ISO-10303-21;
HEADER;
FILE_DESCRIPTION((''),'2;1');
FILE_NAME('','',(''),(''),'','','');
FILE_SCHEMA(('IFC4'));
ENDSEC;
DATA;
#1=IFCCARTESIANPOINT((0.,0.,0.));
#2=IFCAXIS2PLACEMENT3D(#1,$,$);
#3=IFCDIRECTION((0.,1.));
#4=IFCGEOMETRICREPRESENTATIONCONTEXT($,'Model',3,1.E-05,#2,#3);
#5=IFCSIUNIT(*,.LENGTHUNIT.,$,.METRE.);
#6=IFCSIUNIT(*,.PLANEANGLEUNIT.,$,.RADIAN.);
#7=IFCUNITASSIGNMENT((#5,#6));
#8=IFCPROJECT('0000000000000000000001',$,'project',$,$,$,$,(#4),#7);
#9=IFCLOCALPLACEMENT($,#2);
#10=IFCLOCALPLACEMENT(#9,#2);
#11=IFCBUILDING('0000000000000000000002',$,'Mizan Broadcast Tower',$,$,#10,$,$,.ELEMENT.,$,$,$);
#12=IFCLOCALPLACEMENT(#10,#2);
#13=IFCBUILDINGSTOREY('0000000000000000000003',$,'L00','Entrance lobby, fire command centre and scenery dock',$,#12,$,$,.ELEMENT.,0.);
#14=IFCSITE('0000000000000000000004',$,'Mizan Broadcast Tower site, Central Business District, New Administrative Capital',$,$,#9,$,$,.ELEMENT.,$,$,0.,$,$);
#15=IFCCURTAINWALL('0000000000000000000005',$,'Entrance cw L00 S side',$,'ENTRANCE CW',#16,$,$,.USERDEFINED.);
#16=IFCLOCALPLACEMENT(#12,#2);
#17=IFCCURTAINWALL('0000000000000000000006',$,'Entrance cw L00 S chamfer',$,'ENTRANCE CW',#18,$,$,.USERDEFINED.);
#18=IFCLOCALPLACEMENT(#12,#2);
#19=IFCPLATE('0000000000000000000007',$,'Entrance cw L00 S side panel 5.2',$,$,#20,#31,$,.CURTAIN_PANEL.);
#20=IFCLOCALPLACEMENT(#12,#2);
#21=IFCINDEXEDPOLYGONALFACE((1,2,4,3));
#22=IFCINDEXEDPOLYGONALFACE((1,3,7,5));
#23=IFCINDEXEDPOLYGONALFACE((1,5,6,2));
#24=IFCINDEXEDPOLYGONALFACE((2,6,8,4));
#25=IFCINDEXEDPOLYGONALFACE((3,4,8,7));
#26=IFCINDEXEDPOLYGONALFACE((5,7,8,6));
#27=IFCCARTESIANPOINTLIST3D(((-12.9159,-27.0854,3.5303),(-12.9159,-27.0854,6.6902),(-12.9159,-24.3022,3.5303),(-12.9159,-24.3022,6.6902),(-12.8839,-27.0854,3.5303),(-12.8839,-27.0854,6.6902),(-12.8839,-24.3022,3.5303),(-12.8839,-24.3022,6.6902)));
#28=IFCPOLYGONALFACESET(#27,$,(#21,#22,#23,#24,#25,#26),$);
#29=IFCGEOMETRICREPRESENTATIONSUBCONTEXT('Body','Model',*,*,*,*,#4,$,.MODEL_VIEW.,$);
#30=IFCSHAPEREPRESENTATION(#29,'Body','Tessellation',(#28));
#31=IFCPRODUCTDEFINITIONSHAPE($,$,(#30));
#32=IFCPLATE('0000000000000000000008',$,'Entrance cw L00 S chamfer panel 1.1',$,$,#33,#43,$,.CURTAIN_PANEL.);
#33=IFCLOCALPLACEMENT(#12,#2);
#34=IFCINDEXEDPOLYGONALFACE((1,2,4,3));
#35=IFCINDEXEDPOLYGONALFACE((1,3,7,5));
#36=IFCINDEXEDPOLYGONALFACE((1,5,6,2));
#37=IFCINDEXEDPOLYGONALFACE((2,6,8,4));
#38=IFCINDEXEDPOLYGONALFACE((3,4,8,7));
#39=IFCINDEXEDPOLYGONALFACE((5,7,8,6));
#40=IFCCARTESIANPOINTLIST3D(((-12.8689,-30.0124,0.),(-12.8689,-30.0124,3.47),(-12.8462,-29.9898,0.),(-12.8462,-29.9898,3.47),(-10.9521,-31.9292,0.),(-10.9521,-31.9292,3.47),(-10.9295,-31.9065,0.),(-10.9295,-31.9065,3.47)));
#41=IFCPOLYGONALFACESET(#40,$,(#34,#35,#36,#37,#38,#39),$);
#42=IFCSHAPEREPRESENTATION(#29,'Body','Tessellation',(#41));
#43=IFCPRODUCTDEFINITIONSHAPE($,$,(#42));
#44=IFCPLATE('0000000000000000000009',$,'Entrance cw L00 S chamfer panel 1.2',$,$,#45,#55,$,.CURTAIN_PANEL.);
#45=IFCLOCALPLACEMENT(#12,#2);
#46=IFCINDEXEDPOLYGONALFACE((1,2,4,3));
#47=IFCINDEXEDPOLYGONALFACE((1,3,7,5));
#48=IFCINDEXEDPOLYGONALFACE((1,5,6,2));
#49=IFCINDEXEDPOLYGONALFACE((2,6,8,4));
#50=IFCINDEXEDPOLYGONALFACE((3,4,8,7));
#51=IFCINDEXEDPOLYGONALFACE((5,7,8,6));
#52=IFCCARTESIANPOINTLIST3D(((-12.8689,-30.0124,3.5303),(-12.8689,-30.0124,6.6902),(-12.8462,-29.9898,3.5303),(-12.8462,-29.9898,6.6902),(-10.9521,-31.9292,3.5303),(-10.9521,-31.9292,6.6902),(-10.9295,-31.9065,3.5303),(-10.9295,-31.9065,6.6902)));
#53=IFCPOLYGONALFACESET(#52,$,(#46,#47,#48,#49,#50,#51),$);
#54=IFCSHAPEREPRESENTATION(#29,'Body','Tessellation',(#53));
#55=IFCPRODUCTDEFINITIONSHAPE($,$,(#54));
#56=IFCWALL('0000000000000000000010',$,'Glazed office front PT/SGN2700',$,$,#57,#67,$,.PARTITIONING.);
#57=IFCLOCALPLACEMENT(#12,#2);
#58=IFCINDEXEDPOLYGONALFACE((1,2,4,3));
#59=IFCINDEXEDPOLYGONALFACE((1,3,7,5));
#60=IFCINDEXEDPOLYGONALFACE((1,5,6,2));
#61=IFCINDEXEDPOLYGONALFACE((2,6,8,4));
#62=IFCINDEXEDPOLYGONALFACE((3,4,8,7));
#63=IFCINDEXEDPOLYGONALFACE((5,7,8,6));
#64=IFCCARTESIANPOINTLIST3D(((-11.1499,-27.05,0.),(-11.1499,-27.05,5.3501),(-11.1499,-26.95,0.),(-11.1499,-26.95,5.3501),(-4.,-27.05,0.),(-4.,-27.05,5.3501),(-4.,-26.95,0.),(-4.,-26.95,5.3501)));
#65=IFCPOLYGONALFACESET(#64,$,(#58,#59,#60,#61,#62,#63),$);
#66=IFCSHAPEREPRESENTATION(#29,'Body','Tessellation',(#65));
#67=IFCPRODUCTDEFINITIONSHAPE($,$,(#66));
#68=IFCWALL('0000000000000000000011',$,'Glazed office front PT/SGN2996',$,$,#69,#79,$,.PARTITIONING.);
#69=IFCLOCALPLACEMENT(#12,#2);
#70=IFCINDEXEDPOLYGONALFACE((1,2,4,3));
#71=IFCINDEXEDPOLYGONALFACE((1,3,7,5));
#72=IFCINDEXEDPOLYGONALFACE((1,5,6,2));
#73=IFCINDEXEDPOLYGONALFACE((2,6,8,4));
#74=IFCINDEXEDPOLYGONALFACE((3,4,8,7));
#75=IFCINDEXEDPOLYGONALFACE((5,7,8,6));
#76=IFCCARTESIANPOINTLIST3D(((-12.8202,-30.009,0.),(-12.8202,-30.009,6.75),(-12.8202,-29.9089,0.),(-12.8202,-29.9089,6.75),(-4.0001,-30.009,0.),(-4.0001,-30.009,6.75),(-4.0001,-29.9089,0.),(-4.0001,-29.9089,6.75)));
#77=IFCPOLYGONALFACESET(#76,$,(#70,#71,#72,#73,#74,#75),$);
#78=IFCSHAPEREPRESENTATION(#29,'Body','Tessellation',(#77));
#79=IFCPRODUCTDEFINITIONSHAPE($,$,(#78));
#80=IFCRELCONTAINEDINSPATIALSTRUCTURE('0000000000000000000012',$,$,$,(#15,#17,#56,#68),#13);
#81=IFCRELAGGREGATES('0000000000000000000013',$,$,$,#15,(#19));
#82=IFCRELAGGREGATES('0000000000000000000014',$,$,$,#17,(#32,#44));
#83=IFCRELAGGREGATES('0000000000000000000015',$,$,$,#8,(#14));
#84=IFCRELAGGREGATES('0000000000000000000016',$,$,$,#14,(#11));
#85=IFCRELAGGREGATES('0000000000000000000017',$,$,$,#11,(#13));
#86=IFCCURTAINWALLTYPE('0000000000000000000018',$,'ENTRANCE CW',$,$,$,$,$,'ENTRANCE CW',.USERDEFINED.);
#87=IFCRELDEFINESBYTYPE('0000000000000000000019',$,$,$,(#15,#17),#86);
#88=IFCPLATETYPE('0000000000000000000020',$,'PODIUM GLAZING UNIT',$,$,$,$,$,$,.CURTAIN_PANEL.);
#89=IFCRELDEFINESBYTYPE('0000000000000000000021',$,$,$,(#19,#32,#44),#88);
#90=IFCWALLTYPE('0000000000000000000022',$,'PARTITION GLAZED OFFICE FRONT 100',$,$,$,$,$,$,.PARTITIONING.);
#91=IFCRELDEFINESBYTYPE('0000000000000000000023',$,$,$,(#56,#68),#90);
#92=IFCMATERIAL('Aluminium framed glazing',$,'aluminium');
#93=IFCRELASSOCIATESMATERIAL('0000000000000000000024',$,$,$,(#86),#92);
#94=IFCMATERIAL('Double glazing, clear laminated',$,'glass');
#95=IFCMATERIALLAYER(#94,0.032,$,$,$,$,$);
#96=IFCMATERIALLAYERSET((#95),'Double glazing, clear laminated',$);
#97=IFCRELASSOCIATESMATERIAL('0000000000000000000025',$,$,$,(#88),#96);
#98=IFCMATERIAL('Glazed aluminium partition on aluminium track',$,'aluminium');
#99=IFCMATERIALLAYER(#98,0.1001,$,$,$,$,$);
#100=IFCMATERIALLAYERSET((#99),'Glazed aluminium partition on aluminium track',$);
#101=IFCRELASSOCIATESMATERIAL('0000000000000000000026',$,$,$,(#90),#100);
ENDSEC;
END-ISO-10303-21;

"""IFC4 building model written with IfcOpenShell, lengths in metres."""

from ifc_helpers import new_model, si_unit, direction, frame, frame_2d, origin, origin_2d, place, context, subcontext, project, spatial, rectangle, extrude, material, layer, layer_set, type_object, element, aggregate, save


model = new_model("IFC4")

# Units and contexts
model_context = context("Model", 3, precision=1e-05, world=origin(), true_north=direction((0.0, 1.0)))
body_context = subcontext(model_context, "Body", "Model", "MODEL_VIEW")
ifc_project = project(units=[si_unit("LENGTHUNIT", "METRE"), si_unit("PLANEANGLEUNIT", "RADIAN")], contexts=[model_context])

# Site, building, storey
site_placement = place(None, origin())
site = spatial("IfcSite", under=ifc_project, at=site_placement, Name="Mizan Broadcast Tower site, Central Business District, New Administrative Capital", CompositionType="ELEMENT", RefElevation=0.0)
building_placement = place(site_placement, origin())
building = spatial("IfcBuilding", under=site, at=building_placement, Name="Mizan Broadcast Tower", CompositionType="ELEMENT")
storey_placement = place(building_placement, origin())
storey = spatial("IfcBuildingStorey", under=building, at=storey_placement, Name="L00", Description="Entrance lobby, fire command centre and scenery dock", CompositionType="ELEMENT", Elevation=0.0)

# Curtain walls
ifc_material_1 = material(Name="Aluminium framed glazing", Category="aluminium")
curtain_wall_type = type_object("IfcCurtainWallType", Name="ENTRANCE CW", ElementType="ENTRANCE CW", PredefinedType="USERDEFINED", material=ifc_material_1)
curtain_wall_1_placement = place(storey_placement, origin())
curtain_wall_1 = element("IfcCurtainWall", 1, at=curtain_wall_1_placement, inside=storey, type_object=curtain_wall_type, Name="Entrance cw L00 S side", ObjectType="ENTRANCE CW", PredefinedType="USERDEFINED")
curtain_wall_2_placement = place(storey_placement, origin())
curtain_wall_2 = element("IfcCurtainWall", 2, at=curtain_wall_2_placement, inside=storey, type_object=curtain_wall_type, Name="Entrance cw L00 S chamfer", ObjectType="ENTRANCE CW", PredefinedType="USERDEFINED")

# Plates
ifc_material_2 = material(Name="Double glazing, clear laminated", Category="glass")
ifc_layer_1 = layer(ifc_material_2, 0.032)
ifc_layer_set_1 = layer_set([ifc_layer_1], Name="Double glazing, clear laminated")
plate_type = type_object("IfcPlateType", Name="PODIUM GLAZING UNIT", PredefinedType="CURTAIN_PANEL", material=ifc_layer_set_1)
plate_1_placement = place(storey_placement, frame((-12.8999, -25.6938, 3.5303), z_axis=(0.0, 0.0, 1.0), x_axis=(0.0, -1.0, 0.0)))
plate_1 = element("IfcPlate", 3, at=plate_1_placement, type_object=plate_type, Name="Entrance cw L00 S side panel 5.2", PredefinedType="CURTAIN_PANEL", context=body_context, shape_type="SweptSolid", body=[
    extrude(rectangle(XDim=2.7832, YDim=0.032, at=origin_2d()), origin(), (0.0, 0.0, 1.0), 3.1599),
])
aggregate(curtain_wall_1, [plate_1])
plate_2_placement = place(storey_placement, frame((-11.8992, -30.9595, 0.0), z_axis=(0.0, 0.0, 1.0), x_axis=(0.707107, -0.707107, 0.0)))
plate_2 = element("IfcPlate", 4, at=plate_2_placement, type_object=plate_type, Name="Entrance cw L00 S chamfer panel 1.1", PredefinedType="CURTAIN_PANEL", context=body_context, shape_type="SweptSolid", body=[
    extrude(rectangle(XDim=2.7107, YDim=0.032, at=origin_2d()), origin(), (0.0, 0.0, 1.0), 3.47),
])
plate_3_placement = place(storey_placement, frame((-11.8992, -30.9595, 3.5303), z_axis=(0.0, 0.0, 1.0), x_axis=(0.707107, -0.707107, 0.0)))
plate_3 = element("IfcPlate", 5, at=plate_3_placement, type_object=plate_type, Name="Entrance cw L00 S chamfer panel 1.2", PredefinedType="CURTAIN_PANEL", context=body_context, shape_type="SweptSolid", body=[
    extrude(rectangle(XDim=2.7107, YDim=0.032, at=origin_2d()), origin(), (0.0, 0.0, 1.0), 3.1599),
])
aggregate(curtain_wall_2, [plate_2, plate_3])

# Walls
ifc_material_3 = material(Name="Glazed aluminium partition on aluminium track", Category="aluminium")
ifc_layer_2 = layer(ifc_material_3, 0.1001)
ifc_layer_set_2 = layer_set([ifc_layer_2], Name="Glazed aluminium partition on aluminium track")
wall_type = type_object("IfcWallType", Name="PARTITION GLAZED OFFICE FRONT 100", PredefinedType="PARTITIONING", material=ifc_layer_set_2)
wall_1_placement = place(storey_placement, frame((-4.0, -27.0, 0.0), z_axis=(0.0, 0.0, 1.0), x_axis=(-1.0, 0.0, 0.0)))
element("IfcWall", 6, at=wall_1_placement, inside=storey, type_object=wall_type, Name="Glazed office front PT/SGN2700", PredefinedType="PARTITIONING", context=body_context, shape_type="SweptSolid", body=[
    extrude(rectangle(XDim=7.1499, YDim=0.1001, at=frame_2d((3.575, 0.0))), origin(), (0.0, 0.0, 1.0), 5.3501),
])
wall_2_placement = place(storey_placement, frame((-4.0, -29.959, 0.0), z_axis=(0.0, 0.0, 1.0), x_axis=(-1.0, 0.0, 0.0)))
element("IfcWall", 7, at=wall_2_placement, inside=storey, type_object=wall_type, Name="Glazed office front PT/SGN2996", PredefinedType="PARTITIONING", context=body_context, shape_type="SweptSolid", body=[
    extrude(rectangle(XDim=8.8201, YDim=0.1001, at=frame_2d((4.4102, 0.0))), origin(), (0.0, 0.0, 1.0), 6.75),
])

save(model, "model.ifc")
